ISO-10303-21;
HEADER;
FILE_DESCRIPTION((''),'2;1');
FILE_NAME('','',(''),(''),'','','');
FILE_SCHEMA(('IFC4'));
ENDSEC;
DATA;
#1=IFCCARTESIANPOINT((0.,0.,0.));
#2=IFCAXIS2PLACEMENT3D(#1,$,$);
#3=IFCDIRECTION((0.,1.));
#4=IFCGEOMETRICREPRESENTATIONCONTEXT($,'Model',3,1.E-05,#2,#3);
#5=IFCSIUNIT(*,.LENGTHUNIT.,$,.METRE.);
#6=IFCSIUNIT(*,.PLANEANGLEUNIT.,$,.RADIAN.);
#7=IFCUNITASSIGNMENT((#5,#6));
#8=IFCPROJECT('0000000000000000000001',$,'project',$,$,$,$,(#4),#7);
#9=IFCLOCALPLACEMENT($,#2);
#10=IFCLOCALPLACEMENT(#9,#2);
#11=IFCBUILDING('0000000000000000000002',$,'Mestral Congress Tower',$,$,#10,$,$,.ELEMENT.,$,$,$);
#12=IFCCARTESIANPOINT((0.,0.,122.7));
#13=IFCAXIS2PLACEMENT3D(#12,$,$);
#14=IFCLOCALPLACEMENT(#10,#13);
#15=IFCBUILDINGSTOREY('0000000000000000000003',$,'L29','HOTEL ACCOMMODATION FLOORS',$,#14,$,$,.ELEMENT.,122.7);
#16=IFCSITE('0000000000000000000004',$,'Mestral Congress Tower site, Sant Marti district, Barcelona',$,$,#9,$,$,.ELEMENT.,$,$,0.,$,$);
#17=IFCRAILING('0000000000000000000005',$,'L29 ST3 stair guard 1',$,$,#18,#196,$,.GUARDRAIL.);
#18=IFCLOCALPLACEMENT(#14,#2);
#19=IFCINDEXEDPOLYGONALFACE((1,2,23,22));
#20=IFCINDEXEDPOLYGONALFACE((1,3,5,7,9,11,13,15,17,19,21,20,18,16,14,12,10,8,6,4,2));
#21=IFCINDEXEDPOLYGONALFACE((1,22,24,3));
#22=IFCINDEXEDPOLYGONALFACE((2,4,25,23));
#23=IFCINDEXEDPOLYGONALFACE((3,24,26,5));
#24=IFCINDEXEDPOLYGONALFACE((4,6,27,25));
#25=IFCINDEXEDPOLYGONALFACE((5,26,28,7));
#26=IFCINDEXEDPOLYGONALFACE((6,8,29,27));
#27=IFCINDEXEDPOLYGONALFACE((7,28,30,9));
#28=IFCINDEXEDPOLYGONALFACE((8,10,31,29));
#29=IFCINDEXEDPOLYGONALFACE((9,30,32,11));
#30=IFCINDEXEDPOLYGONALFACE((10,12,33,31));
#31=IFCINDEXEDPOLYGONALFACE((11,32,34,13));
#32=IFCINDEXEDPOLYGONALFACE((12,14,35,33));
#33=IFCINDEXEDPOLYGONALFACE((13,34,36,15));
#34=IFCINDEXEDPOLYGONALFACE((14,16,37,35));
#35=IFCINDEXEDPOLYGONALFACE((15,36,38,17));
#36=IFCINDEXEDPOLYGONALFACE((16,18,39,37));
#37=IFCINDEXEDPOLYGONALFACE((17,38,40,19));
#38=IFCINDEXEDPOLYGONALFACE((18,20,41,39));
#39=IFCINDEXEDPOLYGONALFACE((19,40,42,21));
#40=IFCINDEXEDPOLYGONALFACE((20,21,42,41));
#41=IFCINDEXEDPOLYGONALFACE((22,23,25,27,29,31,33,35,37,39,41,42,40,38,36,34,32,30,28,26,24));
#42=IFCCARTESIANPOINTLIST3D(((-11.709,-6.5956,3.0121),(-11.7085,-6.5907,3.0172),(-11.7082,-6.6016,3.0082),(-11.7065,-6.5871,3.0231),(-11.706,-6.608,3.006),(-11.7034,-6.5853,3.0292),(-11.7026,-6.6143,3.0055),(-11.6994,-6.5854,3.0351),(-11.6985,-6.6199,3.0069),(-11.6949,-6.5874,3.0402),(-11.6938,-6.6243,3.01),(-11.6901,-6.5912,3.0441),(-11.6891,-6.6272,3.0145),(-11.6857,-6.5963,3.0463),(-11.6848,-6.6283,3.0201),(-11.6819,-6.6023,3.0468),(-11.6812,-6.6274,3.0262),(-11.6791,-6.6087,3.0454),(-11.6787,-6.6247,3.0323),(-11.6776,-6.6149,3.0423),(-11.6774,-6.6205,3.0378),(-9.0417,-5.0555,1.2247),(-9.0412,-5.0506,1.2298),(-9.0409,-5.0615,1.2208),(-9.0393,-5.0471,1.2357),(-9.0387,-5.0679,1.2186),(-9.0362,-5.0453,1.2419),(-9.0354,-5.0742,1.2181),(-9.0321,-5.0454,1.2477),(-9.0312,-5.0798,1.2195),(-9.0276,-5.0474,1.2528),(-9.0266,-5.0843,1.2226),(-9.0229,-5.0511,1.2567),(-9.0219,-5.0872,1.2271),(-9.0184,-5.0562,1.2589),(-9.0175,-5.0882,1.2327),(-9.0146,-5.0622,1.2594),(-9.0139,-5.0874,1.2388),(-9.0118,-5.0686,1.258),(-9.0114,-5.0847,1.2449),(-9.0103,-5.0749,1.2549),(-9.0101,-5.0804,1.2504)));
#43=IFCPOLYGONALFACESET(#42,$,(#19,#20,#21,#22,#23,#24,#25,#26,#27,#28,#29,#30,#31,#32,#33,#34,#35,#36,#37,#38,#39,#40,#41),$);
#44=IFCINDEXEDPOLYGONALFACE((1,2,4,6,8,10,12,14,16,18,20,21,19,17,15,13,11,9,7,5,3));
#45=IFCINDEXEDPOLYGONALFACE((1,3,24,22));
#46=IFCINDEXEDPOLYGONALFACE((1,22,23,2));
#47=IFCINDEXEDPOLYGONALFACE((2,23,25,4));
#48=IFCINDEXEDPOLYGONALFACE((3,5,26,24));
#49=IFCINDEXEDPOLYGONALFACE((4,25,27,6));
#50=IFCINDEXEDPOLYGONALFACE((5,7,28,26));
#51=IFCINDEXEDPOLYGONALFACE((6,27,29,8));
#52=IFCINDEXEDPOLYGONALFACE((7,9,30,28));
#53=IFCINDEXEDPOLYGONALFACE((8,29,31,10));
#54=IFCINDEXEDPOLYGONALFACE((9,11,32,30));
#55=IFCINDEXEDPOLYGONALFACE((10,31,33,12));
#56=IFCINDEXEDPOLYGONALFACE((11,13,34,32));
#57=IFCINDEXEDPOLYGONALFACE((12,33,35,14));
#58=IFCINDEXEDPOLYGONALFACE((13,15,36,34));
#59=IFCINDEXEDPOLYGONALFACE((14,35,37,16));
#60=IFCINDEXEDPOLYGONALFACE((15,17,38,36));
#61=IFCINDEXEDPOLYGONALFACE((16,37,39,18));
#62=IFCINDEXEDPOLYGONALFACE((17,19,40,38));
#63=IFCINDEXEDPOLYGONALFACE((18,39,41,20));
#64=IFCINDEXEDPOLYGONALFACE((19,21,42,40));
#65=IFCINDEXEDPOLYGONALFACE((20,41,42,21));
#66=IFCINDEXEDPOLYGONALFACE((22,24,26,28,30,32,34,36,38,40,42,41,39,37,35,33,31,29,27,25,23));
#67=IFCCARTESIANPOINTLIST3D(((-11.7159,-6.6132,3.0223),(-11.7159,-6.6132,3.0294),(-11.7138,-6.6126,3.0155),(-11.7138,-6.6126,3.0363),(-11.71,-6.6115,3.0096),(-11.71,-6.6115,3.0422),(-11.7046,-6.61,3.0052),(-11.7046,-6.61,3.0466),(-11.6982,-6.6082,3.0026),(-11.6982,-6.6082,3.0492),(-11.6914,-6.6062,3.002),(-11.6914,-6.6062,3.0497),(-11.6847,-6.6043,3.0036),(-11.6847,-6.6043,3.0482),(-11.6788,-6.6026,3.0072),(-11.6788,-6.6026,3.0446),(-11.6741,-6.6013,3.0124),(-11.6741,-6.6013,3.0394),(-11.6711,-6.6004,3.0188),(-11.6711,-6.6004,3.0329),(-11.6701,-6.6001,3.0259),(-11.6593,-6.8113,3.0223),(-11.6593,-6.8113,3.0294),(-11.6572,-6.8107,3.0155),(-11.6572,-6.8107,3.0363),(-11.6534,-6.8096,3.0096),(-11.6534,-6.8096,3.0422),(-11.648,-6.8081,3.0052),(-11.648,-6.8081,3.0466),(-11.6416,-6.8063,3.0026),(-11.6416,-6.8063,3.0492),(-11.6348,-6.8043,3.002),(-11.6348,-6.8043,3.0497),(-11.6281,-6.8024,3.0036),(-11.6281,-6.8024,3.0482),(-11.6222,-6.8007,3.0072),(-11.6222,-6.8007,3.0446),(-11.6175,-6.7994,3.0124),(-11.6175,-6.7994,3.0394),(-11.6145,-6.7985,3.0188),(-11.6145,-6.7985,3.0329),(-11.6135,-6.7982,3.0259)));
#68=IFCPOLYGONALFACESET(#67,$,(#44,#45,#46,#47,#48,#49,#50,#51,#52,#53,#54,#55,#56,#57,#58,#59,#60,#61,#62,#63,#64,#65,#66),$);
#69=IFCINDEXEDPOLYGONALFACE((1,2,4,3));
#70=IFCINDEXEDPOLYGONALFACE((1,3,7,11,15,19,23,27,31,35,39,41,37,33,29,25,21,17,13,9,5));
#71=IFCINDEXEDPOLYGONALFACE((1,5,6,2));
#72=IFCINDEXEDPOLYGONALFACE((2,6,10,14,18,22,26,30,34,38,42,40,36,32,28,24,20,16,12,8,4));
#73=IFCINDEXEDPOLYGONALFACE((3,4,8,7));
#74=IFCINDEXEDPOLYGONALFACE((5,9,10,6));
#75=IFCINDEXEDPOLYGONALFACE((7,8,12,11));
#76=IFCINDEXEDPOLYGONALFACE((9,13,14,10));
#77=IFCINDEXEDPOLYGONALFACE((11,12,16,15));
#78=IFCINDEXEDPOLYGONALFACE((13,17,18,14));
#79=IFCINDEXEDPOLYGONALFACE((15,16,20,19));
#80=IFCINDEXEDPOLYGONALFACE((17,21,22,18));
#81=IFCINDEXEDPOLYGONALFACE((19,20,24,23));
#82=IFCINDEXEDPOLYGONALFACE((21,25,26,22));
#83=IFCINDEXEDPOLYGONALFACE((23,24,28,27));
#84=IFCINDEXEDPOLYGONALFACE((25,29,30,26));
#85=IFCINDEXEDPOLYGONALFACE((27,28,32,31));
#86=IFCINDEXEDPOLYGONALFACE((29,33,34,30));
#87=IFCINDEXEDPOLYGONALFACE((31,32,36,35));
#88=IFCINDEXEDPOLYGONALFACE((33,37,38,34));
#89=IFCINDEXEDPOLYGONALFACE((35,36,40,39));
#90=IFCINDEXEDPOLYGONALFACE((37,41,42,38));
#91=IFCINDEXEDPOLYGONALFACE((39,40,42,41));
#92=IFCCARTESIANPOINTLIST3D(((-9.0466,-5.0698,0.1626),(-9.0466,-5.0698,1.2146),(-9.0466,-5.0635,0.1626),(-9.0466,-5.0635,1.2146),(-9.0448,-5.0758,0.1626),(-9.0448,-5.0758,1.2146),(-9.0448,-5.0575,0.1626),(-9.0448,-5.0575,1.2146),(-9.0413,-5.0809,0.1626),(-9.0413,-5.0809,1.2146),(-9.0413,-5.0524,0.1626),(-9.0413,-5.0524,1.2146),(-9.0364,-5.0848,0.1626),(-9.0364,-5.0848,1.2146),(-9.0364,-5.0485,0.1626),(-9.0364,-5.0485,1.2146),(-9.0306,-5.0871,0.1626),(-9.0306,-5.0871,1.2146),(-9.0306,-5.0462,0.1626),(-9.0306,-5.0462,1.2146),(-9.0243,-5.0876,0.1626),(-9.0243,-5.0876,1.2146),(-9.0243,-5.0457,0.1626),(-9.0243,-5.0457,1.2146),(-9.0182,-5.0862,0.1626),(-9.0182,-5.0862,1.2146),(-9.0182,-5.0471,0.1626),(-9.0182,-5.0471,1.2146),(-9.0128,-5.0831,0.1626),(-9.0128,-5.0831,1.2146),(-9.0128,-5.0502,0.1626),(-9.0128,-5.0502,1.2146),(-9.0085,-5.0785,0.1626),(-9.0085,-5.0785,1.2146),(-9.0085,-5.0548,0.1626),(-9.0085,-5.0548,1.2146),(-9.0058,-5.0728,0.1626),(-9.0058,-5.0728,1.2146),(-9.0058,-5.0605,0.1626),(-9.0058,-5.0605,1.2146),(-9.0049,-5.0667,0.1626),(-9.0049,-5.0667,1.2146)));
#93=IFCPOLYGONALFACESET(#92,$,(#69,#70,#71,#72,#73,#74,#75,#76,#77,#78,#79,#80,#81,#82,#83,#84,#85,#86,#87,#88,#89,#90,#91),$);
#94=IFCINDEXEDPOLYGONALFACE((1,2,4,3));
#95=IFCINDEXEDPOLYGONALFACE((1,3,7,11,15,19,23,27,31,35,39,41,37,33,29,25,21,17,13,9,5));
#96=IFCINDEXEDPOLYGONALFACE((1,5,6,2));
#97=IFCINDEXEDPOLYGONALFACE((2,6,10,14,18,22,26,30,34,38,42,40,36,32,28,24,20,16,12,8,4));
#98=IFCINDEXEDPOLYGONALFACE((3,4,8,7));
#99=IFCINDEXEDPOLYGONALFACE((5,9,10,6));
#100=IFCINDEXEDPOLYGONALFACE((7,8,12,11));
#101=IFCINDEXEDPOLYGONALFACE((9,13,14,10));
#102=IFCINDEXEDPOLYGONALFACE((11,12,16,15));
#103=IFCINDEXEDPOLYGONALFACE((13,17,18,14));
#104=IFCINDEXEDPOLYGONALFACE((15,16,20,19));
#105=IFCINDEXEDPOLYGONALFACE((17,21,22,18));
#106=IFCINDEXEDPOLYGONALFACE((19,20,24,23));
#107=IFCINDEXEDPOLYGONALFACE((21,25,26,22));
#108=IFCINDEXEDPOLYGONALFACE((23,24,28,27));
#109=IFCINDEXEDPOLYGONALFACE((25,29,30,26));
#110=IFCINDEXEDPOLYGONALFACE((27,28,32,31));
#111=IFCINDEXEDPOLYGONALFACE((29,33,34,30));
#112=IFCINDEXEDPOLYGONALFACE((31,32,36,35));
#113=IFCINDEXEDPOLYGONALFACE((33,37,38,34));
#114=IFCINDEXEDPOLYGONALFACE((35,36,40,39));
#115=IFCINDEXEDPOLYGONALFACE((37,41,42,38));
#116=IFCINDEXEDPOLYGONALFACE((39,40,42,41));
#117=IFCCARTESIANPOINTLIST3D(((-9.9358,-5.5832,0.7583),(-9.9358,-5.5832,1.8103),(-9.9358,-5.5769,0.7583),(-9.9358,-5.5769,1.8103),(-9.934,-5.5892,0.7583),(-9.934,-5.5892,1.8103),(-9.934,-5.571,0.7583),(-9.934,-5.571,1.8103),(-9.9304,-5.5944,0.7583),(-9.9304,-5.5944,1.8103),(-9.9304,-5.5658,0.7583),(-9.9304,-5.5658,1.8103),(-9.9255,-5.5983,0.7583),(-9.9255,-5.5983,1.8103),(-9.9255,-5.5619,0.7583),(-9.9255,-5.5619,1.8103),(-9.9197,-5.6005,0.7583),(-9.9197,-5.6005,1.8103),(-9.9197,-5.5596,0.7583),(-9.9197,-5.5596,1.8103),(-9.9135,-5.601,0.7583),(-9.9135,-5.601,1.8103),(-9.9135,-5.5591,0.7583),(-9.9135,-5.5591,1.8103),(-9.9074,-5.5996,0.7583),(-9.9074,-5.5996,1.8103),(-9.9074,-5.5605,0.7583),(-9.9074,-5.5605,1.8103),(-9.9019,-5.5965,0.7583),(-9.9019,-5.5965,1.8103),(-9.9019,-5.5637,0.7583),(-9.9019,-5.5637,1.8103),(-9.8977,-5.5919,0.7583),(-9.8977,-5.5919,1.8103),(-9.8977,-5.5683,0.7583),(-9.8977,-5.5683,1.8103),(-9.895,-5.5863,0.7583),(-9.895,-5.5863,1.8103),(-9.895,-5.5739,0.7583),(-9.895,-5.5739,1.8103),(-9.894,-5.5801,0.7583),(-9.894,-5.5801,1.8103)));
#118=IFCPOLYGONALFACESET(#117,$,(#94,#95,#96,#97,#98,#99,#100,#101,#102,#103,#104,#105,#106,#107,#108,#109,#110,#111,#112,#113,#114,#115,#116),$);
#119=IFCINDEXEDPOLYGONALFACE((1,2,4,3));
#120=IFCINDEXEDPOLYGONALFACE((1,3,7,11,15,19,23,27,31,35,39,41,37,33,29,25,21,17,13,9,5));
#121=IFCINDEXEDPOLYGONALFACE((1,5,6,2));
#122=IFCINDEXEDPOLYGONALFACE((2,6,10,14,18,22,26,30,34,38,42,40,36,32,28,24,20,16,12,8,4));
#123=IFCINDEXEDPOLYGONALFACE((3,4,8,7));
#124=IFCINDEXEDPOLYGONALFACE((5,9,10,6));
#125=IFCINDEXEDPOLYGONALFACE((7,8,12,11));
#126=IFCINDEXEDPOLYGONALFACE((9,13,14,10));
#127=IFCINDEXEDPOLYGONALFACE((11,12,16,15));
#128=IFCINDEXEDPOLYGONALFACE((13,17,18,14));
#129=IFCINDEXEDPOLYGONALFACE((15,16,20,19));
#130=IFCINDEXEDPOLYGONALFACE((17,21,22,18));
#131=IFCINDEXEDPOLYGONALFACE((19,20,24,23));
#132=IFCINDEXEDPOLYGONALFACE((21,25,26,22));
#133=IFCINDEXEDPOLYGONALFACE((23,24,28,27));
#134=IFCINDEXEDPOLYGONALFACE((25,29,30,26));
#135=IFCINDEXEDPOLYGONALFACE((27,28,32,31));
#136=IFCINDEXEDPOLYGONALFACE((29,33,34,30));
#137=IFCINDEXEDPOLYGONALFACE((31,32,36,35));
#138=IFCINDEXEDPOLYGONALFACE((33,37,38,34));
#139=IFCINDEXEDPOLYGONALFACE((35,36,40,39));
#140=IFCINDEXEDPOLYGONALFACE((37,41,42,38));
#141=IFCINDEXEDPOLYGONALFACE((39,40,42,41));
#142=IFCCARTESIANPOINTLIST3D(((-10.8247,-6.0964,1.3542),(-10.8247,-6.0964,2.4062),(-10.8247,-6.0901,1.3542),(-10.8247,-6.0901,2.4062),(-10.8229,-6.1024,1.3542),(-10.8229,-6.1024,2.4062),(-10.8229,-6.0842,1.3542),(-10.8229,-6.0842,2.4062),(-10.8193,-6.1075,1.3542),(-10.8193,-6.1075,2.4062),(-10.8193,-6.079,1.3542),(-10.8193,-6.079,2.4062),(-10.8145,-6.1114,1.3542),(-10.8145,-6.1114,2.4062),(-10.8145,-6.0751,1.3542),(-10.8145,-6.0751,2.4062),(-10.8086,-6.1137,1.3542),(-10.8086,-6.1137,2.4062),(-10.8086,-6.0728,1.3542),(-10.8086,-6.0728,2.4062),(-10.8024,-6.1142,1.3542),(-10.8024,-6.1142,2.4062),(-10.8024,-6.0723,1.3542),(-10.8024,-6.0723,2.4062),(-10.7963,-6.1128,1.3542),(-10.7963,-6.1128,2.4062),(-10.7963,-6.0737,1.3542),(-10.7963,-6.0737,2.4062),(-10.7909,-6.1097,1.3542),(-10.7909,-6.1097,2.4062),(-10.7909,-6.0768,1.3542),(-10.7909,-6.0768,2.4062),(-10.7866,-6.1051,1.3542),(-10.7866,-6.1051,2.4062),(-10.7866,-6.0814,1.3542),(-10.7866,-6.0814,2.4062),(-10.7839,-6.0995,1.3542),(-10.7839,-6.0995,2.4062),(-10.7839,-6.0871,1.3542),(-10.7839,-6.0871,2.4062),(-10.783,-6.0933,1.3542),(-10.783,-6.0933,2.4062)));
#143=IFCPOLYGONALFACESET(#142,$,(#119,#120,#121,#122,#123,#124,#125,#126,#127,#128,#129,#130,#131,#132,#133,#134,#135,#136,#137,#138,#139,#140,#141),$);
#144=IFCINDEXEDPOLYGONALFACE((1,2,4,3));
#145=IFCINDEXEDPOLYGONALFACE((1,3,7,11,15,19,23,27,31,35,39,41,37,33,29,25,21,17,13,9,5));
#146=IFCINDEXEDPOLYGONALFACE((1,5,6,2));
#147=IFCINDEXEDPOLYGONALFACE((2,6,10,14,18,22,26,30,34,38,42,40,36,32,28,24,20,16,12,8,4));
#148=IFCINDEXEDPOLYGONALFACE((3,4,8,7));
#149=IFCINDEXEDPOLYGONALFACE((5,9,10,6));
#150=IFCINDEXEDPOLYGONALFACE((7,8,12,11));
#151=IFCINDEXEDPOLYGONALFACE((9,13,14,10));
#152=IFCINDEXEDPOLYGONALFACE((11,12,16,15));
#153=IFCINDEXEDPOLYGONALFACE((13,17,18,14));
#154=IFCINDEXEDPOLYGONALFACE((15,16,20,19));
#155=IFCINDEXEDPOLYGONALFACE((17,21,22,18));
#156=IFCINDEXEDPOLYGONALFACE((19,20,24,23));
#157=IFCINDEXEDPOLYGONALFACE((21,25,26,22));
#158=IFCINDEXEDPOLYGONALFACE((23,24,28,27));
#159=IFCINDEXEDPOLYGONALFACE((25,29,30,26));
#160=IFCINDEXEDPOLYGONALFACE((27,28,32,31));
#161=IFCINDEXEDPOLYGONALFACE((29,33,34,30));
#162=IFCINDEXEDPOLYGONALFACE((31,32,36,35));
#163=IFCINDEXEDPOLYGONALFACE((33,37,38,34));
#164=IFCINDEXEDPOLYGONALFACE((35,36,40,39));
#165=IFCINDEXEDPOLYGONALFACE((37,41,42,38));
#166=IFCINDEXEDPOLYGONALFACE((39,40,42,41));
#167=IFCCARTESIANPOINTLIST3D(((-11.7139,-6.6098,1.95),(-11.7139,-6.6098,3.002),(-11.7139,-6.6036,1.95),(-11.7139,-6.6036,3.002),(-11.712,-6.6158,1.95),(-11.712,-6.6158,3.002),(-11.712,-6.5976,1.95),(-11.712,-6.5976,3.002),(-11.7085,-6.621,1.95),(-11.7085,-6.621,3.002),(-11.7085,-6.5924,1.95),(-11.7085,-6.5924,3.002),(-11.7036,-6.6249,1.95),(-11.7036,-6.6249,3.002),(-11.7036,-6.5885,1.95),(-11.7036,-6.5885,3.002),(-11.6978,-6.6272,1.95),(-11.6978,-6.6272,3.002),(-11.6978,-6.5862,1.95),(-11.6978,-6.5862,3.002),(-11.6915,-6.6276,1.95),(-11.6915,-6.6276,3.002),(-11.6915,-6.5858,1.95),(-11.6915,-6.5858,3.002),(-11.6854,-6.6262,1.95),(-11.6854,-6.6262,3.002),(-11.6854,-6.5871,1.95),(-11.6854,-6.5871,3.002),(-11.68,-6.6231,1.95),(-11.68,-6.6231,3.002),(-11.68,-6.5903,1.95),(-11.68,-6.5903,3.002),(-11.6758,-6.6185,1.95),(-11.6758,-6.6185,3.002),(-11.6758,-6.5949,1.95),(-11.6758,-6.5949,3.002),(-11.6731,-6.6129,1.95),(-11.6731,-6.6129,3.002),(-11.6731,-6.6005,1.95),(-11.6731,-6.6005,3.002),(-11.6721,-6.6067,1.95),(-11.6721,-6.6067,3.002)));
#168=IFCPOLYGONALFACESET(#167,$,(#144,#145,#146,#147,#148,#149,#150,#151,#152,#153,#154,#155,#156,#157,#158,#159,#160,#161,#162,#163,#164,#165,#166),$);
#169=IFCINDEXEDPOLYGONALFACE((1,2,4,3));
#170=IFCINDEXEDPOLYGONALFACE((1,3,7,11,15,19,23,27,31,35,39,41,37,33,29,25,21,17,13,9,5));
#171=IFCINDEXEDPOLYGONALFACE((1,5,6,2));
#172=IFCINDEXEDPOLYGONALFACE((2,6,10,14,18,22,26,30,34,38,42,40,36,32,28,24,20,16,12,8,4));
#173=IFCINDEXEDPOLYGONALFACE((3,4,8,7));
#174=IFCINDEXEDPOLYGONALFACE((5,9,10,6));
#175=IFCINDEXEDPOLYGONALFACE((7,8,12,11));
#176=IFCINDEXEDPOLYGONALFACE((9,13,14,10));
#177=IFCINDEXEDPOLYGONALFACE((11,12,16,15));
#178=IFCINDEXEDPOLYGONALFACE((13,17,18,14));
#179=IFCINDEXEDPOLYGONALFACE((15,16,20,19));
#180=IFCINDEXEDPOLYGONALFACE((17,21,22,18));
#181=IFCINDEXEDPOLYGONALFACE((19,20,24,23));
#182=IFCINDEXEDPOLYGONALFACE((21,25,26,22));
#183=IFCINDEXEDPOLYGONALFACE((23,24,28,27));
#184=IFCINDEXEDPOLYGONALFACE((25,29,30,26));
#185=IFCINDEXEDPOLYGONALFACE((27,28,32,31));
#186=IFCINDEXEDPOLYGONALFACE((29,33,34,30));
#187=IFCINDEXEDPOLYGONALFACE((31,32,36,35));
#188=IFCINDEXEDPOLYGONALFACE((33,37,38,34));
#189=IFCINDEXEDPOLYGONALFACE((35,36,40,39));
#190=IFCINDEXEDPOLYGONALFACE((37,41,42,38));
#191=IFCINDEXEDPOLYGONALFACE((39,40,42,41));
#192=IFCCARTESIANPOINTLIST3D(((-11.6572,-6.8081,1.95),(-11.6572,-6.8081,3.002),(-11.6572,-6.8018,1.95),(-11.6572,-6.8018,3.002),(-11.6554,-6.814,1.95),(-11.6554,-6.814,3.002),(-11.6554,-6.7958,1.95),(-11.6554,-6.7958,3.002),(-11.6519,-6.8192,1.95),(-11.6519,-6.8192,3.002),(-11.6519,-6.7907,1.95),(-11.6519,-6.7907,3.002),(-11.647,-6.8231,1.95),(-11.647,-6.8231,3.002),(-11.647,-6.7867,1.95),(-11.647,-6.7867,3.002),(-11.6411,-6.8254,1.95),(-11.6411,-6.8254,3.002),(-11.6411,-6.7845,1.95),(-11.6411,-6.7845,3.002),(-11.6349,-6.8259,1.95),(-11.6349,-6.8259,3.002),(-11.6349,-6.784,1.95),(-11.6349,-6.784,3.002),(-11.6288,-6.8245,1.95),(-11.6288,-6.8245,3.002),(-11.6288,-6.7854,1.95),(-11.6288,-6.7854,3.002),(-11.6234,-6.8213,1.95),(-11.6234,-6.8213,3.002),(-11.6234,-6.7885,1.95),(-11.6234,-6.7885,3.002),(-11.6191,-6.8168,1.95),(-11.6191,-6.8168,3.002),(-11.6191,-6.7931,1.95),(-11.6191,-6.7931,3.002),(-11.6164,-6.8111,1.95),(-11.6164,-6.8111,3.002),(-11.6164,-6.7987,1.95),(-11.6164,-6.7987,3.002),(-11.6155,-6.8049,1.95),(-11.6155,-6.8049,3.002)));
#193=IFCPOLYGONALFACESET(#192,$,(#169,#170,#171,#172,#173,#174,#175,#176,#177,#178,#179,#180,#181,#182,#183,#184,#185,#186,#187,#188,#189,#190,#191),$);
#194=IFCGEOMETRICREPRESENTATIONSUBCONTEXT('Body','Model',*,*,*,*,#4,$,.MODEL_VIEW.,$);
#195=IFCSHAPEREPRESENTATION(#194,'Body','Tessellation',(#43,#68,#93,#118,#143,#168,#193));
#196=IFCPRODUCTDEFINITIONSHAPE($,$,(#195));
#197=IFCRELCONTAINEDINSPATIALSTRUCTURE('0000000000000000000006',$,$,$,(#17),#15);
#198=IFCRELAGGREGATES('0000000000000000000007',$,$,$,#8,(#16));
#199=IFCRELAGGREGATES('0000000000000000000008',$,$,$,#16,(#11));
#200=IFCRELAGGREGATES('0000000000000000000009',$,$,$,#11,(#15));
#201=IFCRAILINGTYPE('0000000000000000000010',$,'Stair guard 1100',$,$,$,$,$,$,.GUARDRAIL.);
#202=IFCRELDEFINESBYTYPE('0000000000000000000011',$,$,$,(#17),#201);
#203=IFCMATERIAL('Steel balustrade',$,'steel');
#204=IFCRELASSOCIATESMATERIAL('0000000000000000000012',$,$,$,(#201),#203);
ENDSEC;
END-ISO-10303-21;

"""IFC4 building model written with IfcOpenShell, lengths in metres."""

from ifc_helpers import new_model, si_unit, direction, frame, origin, origin_2d, place, context, subcontext, project, spatial, circle, extrude, material, type_object, element, save


model = new_model("IFC4")

# Units and contexts
model_context = context("Model", 3, precision=1e-05, world=origin(), true_north=direction((0.0, 1.0)))
body_context = subcontext(model_context, "Body", "Model", "MODEL_VIEW")
ifc_project = project(units=[si_unit("LENGTHUNIT", "METRE"), si_unit("PLANEANGLEUNIT", "RADIAN")], contexts=[model_context])

# Site, building, storey
site_placement = place(None, origin())
site = spatial("IfcSite", under=ifc_project, at=site_placement, Name="Mestral Congress Tower site, Sant Marti district, Barcelona", CompositionType="ELEMENT", RefElevation=0.0)
building_placement = place(site_placement, origin())
building = spatial("IfcBuilding", under=site, at=building_placement, Name="Mestral Congress Tower", CompositionType="ELEMENT")
storey_placement = place(building_placement, frame((0.0, 0.0, 122.7)))
storey = spatial("IfcBuildingStorey", under=building, at=storey_placement, Name="L29", Description="HOTEL ACCOMMODATION FLOORS", CompositionType="ELEMENT", Elevation=122.7)

# Railing
ifc_material_1 = material(Name="Steel balustrade", Category="steel")
railing_type_1 = type_object("IfcRailingType", Name="Stair guard 1100", PredefinedType="GUARDRAIL", material=ifc_material_1)
railing_1_placement = place(storey_placement, frame((-9.0259, -5.0667, 0.1626)))
element("IfcRailing", 1, at=railing_1_placement, inside=storey, type_object=railing_type_1, Name="L29 ST3 stair guard 1", PredefinedType="GUARDRAIL", context=body_context, shape_type="SweptSolid", body=[
    extrude(circle(Radius=0.0239, at=origin_2d()), frame((0.0, 0.0, 1.0762), z_axis=(-0.74902, -0.432477, 0.501929), x_axis=(0.500027, -0.86601, 0.0)), (0.0, 0.0, 1.0), 3.561),
    extrude(circle(Radius=0.0239, at=origin_2d()), frame((-2.6672, -1.54, 2.8633), z_axis=(0.274721, -0.961524, 0.0), x_axis=(0.961524, 0.274721, 0.0)), (0.0, 0.0, 1.0), 0.2061),
    extrude(circle(Radius=0.021, at=origin_2d()), origin(), (0.0, 0.0, 1.0), 1.052),
    extrude(circle(Radius=0.021, at=origin_2d()), frame((-0.8892, -0.5134, 0.5957)), (0.0, 0.0, 1.0), 1.052),
    extrude(circle(Radius=0.021, at=origin_2d()), frame((-1.7781, -1.0266, 1.1917)), (0.0, 0.0, 1.0), 1.052),
    extrude(circle(Radius=0.021, at=origin_2d()), frame((-2.6672, -1.54, 1.7874)), (0.0, 0.0, 1.0), 1.052),
    extrude(circle(Radius=0.021, at=origin_2d()), frame((-2.6106, -1.7383, 1.7874)), (0.0, 0.0, 1.0), 1.052),
])

save(model, "model.ifc")
